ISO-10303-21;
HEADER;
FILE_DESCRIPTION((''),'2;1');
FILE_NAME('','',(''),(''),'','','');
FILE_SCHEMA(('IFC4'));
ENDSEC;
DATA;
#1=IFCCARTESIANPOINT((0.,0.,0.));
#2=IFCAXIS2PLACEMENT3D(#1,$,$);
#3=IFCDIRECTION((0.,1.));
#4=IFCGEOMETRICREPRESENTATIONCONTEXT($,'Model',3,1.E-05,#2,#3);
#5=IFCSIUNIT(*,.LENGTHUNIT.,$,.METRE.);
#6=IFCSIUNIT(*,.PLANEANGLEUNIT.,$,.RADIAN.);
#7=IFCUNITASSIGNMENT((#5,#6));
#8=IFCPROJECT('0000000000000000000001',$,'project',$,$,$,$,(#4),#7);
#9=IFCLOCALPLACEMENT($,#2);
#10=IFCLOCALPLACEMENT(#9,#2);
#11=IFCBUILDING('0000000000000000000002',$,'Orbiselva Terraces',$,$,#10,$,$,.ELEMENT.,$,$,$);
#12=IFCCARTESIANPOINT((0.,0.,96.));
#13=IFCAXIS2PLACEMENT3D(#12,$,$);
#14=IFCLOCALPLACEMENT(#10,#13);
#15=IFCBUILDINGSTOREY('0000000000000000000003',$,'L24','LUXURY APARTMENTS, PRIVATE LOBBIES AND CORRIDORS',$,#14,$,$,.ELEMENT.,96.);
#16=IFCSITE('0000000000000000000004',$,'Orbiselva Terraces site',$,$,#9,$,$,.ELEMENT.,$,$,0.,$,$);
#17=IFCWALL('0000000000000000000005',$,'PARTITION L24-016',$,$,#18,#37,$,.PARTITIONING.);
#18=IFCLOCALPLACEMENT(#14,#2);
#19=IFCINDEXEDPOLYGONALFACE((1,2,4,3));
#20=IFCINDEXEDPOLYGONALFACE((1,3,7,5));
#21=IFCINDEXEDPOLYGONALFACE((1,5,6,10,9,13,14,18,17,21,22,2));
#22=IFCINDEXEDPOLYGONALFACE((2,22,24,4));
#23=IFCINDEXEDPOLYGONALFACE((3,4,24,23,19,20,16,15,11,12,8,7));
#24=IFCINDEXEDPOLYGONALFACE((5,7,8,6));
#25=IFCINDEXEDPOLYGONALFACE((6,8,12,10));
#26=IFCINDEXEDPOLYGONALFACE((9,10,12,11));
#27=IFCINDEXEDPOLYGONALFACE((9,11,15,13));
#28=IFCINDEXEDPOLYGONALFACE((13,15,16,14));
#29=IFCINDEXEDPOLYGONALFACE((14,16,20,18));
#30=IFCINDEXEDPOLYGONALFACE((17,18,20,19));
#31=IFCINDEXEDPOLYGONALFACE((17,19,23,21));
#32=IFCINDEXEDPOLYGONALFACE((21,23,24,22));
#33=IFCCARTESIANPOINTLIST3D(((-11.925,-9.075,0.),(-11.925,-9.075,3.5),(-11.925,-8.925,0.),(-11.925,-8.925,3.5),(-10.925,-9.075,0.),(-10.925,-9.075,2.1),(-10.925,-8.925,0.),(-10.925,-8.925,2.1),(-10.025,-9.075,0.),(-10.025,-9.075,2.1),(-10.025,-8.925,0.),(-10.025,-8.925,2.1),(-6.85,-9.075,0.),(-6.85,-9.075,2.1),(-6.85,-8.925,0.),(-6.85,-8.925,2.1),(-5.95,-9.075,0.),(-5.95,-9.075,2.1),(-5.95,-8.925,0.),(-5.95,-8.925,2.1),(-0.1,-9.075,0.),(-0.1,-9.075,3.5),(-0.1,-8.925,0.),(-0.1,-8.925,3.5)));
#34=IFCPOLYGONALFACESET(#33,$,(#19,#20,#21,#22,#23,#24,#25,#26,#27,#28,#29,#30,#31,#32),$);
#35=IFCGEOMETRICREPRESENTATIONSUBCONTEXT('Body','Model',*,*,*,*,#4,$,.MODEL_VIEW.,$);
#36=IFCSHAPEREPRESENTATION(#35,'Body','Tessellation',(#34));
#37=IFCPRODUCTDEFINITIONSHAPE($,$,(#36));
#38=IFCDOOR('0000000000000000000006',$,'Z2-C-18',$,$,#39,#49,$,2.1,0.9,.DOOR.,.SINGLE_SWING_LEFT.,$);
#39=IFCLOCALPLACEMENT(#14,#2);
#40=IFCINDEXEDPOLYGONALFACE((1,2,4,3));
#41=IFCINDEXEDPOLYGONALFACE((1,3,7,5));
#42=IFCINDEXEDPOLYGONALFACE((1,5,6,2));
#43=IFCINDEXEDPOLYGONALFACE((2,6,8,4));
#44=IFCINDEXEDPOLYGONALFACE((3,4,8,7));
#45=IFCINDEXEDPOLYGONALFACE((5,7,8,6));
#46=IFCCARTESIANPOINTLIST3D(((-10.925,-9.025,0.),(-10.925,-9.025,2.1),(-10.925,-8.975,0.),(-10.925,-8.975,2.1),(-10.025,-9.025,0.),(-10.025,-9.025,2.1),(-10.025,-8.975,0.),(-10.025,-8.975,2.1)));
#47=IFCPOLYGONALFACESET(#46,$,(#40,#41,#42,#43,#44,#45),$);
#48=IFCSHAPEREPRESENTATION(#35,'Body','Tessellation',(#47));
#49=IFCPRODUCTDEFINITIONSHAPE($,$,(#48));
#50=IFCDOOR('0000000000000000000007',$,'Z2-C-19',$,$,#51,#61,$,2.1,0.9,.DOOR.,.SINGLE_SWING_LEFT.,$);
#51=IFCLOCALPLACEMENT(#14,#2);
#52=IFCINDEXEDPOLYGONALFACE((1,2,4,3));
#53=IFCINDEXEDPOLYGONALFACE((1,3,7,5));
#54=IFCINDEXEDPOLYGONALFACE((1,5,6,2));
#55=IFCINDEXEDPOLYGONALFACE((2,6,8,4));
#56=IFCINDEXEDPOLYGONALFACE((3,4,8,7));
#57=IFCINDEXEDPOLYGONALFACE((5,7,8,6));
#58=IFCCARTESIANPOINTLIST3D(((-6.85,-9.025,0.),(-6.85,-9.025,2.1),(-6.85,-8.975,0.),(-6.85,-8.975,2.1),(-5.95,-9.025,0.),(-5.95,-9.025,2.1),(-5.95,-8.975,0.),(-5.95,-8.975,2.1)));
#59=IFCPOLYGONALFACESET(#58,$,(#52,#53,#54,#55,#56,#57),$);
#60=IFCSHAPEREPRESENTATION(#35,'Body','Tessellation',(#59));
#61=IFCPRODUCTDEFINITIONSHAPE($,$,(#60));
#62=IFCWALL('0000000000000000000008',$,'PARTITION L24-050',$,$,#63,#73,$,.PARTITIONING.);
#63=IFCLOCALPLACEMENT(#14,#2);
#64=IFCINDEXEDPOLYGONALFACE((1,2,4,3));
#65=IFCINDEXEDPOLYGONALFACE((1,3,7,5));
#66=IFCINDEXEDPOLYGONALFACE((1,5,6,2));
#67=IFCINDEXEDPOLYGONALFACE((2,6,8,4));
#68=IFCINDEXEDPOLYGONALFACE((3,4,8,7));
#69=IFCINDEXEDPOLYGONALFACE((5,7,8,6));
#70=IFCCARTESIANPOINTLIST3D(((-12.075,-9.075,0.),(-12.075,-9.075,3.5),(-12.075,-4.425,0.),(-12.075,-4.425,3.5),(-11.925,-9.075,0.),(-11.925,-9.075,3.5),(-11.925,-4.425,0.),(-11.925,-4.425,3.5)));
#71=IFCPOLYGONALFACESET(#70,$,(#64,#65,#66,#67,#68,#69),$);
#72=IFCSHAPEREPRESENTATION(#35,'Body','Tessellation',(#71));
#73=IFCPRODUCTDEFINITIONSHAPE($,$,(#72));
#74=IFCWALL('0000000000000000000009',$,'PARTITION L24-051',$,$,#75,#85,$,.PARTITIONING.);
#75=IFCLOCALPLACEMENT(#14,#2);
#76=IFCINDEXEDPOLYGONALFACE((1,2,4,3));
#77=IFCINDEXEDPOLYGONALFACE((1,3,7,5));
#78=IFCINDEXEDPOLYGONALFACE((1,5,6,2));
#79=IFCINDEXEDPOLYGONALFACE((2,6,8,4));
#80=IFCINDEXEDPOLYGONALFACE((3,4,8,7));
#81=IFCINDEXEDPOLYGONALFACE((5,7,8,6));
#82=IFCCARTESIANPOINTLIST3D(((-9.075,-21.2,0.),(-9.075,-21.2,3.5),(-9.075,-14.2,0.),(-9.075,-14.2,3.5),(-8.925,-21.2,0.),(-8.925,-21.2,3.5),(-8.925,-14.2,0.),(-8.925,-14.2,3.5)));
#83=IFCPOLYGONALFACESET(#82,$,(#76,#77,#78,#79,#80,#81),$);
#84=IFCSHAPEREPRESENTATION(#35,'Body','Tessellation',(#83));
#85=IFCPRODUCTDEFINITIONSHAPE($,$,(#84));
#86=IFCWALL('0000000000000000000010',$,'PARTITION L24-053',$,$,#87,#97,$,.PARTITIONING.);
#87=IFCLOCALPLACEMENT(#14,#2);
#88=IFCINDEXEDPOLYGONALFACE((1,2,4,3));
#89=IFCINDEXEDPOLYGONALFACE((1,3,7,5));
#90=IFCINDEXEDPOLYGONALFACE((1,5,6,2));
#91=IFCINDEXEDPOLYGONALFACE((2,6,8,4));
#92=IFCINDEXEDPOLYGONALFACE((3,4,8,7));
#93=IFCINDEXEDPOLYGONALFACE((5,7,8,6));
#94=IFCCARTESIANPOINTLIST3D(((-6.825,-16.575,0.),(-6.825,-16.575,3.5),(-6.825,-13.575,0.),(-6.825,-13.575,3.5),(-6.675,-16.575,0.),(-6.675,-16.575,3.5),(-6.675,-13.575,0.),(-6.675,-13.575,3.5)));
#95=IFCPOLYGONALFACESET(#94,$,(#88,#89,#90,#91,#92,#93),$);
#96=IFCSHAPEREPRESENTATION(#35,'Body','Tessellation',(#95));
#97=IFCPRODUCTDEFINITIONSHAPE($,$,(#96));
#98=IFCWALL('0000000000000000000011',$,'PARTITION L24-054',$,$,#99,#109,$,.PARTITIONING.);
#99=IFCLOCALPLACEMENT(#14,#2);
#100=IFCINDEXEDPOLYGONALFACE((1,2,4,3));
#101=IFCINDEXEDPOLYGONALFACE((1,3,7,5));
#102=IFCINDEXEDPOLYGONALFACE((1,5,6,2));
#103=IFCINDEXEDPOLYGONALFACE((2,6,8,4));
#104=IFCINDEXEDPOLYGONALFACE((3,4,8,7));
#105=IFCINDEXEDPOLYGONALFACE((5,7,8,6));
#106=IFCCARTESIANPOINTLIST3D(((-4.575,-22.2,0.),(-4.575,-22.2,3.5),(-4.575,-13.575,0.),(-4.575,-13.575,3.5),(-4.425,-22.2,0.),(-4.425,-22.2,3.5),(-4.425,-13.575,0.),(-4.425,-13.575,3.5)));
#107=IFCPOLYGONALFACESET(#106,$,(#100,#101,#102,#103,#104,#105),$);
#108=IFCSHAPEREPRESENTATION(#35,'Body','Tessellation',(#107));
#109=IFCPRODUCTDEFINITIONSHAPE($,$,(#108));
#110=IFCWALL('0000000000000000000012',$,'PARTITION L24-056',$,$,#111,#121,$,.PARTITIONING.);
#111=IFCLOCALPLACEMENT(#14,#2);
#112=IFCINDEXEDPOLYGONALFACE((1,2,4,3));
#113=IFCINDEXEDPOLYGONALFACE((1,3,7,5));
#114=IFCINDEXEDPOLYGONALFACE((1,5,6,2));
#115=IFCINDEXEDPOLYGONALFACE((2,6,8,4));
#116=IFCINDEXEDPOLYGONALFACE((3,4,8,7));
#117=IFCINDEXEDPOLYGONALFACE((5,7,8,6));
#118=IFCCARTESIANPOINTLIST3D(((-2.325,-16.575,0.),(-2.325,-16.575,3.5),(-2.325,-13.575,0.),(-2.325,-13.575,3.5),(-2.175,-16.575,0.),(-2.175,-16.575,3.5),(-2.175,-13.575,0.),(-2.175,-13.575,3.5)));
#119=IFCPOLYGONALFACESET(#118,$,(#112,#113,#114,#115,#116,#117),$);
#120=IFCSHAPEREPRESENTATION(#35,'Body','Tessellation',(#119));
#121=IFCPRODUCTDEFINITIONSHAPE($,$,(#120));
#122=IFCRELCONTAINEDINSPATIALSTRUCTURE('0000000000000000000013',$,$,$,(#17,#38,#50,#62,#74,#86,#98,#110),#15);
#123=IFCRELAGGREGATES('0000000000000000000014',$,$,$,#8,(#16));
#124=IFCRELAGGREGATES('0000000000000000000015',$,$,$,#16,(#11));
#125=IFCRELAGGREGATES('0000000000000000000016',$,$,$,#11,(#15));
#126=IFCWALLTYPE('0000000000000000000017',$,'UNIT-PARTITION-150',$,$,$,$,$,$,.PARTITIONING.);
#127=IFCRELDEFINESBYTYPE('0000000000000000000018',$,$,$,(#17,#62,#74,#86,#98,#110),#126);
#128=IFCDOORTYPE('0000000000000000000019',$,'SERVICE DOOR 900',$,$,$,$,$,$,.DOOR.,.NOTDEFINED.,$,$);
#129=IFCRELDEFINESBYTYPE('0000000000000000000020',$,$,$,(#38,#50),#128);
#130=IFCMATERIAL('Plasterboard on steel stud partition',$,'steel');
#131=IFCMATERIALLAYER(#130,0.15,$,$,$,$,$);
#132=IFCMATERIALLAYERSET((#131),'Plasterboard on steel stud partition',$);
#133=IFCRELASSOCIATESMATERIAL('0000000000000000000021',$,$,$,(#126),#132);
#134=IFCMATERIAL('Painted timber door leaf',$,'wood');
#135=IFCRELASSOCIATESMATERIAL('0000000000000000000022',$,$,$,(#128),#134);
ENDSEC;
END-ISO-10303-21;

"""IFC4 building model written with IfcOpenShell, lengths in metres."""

from ifc_helpers import new_model, si_unit, direction, frame, frame_2d, origin, place, context, subcontext, project, spatial, rectangle, extrude, material, layer, layer_set, type_object, element, fill, save


model = new_model("IFC4")

# Units and contexts
model_context = context("Model", 3, precision=1e-05, world=origin(), true_north=direction((0.0, 1.0)))
body_context = subcontext(model_context, "Body", "Model", "MODEL_VIEW")
ifc_project = project(units=[si_unit("LENGTHUNIT", "METRE"), si_unit("PLANEANGLEUNIT", "RADIAN")], contexts=[model_context])

# Site, building, storey
site_placement = place(None, origin())
site = spatial("IfcSite", under=ifc_project, at=site_placement, Name="Orbiselva Terraces site", CompositionType="ELEMENT", RefElevation=0.0)
building_placement = place(site_placement, origin())
building = spatial("IfcBuilding", under=site, at=building_placement, Name="Orbiselva Terraces", CompositionType="ELEMENT")
storey_placement = place(building_placement, frame((0.0, 0.0, 96.0)))
storey = spatial("IfcBuildingStorey", under=building, at=storey_placement, Name="L24", Description="LUXURY APARTMENTS, PRIVATE LOBBIES AND CORRIDORS", CompositionType="ELEMENT", Elevation=96.0)

# Shared definitions
ifc_material_1 = material(Name="Plasterboard on steel stud partition", Category="steel")
ifc_layer_1 = layer(ifc_material_1, 0.15)
ifc_layer_set_1 = layer_set([ifc_layer_1], Name="Plasterboard on steel stud partition")
wall_type_1 = type_object("IfcWallType", Name="UNIT-PARTITION-150", PredefinedType="PARTITIONING", material=ifc_layer_set_1)
ifc_material_2 = material(Name="Painted timber door leaf", Category="wood")

# Wall, openings, doors
wall_1_placement = place(storey_placement, frame((-11.925, -9.0, 0.0), z_axis=(0.0, 0.0, 1.0), x_axis=(1.0, 0.0, 0.0)))
wall_1 = element("IfcWall", 1, at=wall_1_placement, inside=storey, type_object=wall_type_1, Name="PARTITION L24-016", PredefinedType="PARTITIONING", context=body_context, shape_type="SweptSolid", body=[
    extrude(rectangle(XDim=11.825, YDim=0.15, at=frame_2d((5.9125, 0.0))), origin(), (0.0, 0.0, 1.0), 3.5),
])
opening_1_placement = place(wall_1_placement, frame((1.0, 0.0, 0.0)))
opening_1 = element("IfcOpeningElement", 2, at=opening_1_placement, cuts=wall_1, PredefinedType="OPENING", context=body_context, shape_type="SweptSolid", body=[
    extrude(rectangle(XDim=0.9, YDim=2.1, at=frame_2d((0.45, 1.05))), frame((0.0, 0.085, 0.0), z_axis=(0.0, -1.0, 0.0), x_axis=(1.0, 0.0, 0.0)), (0.0, 0.0, 1.0), 0.17),
])
opening_2_placement = place(wall_1_placement, frame((5.075, 0.0, 0.0)))
opening_2 = element("IfcOpeningElement", 3, at=opening_2_placement, cuts=wall_1, PredefinedType="OPENING", context=body_context, shape_type="SweptSolid", body=[
    extrude(rectangle(XDim=0.9, YDim=2.1, at=frame_2d((0.45, 1.05))), frame((0.0, 0.085, 0.0), z_axis=(0.0, -1.0, 0.0), x_axis=(1.0, 0.0, 0.0)), (0.0, 0.0, 1.0), 0.17),
])
door_type_1 = type_object("IfcDoorType", Name="SERVICE DOOR 900", OperationType="NOTDEFINED", PredefinedType="DOOR", material=ifc_material_2)
door_1_placement = place(opening_1_placement, origin())
door_1 = element("IfcDoor", 4, at=door_1_placement, inside=storey, type_object=door_type_1, Name="Z2-C-18", OperationType="SINGLE_SWING_LEFT", OverallHeight=2.1, OverallWidth=0.9, PredefinedType="DOOR", context=body_context, shape_type="SweptSolid", body=[
    extrude(rectangle(XDim=0.9, YDim=2.1, at=frame_2d((0.45, 1.05))), frame((0.0, 0.025, 0.0), z_axis=(0.0, -1.0, 0.0), x_axis=(1.0, 0.0, 0.0)), (0.0, 0.0, 1.0), 0.05),
])
fill(opening_1, door_1)
door_2_placement = place(opening_2_placement, origin())
door_2 = element("IfcDoor", 5, at=door_2_placement, inside=storey, type_object=door_type_1, Name="Z2-C-19", OperationType="SINGLE_SWING_LEFT", OverallHeight=2.1, OverallWidth=0.9, PredefinedType="DOOR", context=body_context, shape_type="SweptSolid", body=[
    extrude(rectangle(XDim=0.9, YDim=2.1, at=frame_2d((0.45, 1.05))), frame((0.0, 0.025, 0.0), z_axis=(0.0, -1.0, 0.0), x_axis=(1.0, 0.0, 0.0)), (0.0, 0.0, 1.0), 0.05),
])
fill(opening_2, door_2)

# Walls
wall_2_placement = place(storey_placement, frame((-12.0, -9.075, 0.0), z_axis=(0.0, 0.0, 1.0), x_axis=(0.0, 1.0, 0.0)))
element("IfcWall", 6, at=wall_2_placement, inside=storey, type_object=wall_type_1, Name="PARTITION L24-050", PredefinedType="PARTITIONING", context=body_context, shape_type="SweptSolid", body=[
    extrude(rectangle(XDim=4.65, YDim=0.15, at=frame_2d((2.325, 0.0))), origin(), (0.0, 0.0, 1.0), 3.5),
])
wall_3_placement = place(storey_placement, frame((-9.0, -21.2, 0.0), z_axis=(0.0, 0.0, 1.0), x_axis=(0.0, 1.0, 0.0)))
element("IfcWall", 7, at=wall_3_placement, inside=storey, type_object=wall_type_1, Name="PARTITION L24-051", PredefinedType="PARTITIONING", context=body_context, shape_type="SweptSolid", body=[
    extrude(rectangle(XDim=7.0, YDim=0.15, at=frame_2d((3.5, 0.0))), origin(), (0.0, 0.0, 1.0), 3.5),
])
wall_4_placement = place(storey_placement, frame((-6.75, -16.575, 0.0), z_axis=(0.0, 0.0, 1.0), x_axis=(0.0, 1.0, 0.0)))
element("IfcWall", 8, at=wall_4_placement, inside=storey, type_object=wall_type_1, Name="PARTITION L24-053", PredefinedType="PARTITIONING", context=body_context, shape_type="SweptSolid", body=[
    extrude(rectangle(XDim=3.0, YDim=0.15, at=frame_2d((1.5, 0.0))), origin(), (0.0, 0.0, 1.0), 3.5),
])
wall_5_placement = place(storey_placement, frame((-4.5, -22.2, 0.0), z_axis=(0.0, 0.0, 1.0), x_axis=(0.0, 1.0, 0.0)))
element("IfcWall", 9, at=wall_5_placement, inside=storey, type_object=wall_type_1, Name="PARTITION L24-054", PredefinedType="PARTITIONING", context=body_context, shape_type="SweptSolid", body=[
    extrude(rectangle(XDim=8.625, YDim=0.15, at=frame_2d((4.3125, 0.0))), origin(), (0.0, 0.0, 1.0), 3.5),
])
wall_6_placement = place(storey_placement, frame((-2.25, -16.575, 0.0), z_axis=(0.0, 0.0, 1.0), x_axis=(0.0, 1.0, 0.0)))
element("IfcWall", 10, at=wall_6_placement, inside=storey, type_object=wall_type_1, Name="PARTITION L24-056", PredefinedType="PARTITIONING", context=body_context, shape_type="SweptSolid", body=[
    extrude(rectangle(XDim=3.0, YDim=0.15, at=frame_2d((1.5, 0.0))), origin(), (0.0, 0.0, 1.0), 3.5),
])

save(model, "model.ifc")
